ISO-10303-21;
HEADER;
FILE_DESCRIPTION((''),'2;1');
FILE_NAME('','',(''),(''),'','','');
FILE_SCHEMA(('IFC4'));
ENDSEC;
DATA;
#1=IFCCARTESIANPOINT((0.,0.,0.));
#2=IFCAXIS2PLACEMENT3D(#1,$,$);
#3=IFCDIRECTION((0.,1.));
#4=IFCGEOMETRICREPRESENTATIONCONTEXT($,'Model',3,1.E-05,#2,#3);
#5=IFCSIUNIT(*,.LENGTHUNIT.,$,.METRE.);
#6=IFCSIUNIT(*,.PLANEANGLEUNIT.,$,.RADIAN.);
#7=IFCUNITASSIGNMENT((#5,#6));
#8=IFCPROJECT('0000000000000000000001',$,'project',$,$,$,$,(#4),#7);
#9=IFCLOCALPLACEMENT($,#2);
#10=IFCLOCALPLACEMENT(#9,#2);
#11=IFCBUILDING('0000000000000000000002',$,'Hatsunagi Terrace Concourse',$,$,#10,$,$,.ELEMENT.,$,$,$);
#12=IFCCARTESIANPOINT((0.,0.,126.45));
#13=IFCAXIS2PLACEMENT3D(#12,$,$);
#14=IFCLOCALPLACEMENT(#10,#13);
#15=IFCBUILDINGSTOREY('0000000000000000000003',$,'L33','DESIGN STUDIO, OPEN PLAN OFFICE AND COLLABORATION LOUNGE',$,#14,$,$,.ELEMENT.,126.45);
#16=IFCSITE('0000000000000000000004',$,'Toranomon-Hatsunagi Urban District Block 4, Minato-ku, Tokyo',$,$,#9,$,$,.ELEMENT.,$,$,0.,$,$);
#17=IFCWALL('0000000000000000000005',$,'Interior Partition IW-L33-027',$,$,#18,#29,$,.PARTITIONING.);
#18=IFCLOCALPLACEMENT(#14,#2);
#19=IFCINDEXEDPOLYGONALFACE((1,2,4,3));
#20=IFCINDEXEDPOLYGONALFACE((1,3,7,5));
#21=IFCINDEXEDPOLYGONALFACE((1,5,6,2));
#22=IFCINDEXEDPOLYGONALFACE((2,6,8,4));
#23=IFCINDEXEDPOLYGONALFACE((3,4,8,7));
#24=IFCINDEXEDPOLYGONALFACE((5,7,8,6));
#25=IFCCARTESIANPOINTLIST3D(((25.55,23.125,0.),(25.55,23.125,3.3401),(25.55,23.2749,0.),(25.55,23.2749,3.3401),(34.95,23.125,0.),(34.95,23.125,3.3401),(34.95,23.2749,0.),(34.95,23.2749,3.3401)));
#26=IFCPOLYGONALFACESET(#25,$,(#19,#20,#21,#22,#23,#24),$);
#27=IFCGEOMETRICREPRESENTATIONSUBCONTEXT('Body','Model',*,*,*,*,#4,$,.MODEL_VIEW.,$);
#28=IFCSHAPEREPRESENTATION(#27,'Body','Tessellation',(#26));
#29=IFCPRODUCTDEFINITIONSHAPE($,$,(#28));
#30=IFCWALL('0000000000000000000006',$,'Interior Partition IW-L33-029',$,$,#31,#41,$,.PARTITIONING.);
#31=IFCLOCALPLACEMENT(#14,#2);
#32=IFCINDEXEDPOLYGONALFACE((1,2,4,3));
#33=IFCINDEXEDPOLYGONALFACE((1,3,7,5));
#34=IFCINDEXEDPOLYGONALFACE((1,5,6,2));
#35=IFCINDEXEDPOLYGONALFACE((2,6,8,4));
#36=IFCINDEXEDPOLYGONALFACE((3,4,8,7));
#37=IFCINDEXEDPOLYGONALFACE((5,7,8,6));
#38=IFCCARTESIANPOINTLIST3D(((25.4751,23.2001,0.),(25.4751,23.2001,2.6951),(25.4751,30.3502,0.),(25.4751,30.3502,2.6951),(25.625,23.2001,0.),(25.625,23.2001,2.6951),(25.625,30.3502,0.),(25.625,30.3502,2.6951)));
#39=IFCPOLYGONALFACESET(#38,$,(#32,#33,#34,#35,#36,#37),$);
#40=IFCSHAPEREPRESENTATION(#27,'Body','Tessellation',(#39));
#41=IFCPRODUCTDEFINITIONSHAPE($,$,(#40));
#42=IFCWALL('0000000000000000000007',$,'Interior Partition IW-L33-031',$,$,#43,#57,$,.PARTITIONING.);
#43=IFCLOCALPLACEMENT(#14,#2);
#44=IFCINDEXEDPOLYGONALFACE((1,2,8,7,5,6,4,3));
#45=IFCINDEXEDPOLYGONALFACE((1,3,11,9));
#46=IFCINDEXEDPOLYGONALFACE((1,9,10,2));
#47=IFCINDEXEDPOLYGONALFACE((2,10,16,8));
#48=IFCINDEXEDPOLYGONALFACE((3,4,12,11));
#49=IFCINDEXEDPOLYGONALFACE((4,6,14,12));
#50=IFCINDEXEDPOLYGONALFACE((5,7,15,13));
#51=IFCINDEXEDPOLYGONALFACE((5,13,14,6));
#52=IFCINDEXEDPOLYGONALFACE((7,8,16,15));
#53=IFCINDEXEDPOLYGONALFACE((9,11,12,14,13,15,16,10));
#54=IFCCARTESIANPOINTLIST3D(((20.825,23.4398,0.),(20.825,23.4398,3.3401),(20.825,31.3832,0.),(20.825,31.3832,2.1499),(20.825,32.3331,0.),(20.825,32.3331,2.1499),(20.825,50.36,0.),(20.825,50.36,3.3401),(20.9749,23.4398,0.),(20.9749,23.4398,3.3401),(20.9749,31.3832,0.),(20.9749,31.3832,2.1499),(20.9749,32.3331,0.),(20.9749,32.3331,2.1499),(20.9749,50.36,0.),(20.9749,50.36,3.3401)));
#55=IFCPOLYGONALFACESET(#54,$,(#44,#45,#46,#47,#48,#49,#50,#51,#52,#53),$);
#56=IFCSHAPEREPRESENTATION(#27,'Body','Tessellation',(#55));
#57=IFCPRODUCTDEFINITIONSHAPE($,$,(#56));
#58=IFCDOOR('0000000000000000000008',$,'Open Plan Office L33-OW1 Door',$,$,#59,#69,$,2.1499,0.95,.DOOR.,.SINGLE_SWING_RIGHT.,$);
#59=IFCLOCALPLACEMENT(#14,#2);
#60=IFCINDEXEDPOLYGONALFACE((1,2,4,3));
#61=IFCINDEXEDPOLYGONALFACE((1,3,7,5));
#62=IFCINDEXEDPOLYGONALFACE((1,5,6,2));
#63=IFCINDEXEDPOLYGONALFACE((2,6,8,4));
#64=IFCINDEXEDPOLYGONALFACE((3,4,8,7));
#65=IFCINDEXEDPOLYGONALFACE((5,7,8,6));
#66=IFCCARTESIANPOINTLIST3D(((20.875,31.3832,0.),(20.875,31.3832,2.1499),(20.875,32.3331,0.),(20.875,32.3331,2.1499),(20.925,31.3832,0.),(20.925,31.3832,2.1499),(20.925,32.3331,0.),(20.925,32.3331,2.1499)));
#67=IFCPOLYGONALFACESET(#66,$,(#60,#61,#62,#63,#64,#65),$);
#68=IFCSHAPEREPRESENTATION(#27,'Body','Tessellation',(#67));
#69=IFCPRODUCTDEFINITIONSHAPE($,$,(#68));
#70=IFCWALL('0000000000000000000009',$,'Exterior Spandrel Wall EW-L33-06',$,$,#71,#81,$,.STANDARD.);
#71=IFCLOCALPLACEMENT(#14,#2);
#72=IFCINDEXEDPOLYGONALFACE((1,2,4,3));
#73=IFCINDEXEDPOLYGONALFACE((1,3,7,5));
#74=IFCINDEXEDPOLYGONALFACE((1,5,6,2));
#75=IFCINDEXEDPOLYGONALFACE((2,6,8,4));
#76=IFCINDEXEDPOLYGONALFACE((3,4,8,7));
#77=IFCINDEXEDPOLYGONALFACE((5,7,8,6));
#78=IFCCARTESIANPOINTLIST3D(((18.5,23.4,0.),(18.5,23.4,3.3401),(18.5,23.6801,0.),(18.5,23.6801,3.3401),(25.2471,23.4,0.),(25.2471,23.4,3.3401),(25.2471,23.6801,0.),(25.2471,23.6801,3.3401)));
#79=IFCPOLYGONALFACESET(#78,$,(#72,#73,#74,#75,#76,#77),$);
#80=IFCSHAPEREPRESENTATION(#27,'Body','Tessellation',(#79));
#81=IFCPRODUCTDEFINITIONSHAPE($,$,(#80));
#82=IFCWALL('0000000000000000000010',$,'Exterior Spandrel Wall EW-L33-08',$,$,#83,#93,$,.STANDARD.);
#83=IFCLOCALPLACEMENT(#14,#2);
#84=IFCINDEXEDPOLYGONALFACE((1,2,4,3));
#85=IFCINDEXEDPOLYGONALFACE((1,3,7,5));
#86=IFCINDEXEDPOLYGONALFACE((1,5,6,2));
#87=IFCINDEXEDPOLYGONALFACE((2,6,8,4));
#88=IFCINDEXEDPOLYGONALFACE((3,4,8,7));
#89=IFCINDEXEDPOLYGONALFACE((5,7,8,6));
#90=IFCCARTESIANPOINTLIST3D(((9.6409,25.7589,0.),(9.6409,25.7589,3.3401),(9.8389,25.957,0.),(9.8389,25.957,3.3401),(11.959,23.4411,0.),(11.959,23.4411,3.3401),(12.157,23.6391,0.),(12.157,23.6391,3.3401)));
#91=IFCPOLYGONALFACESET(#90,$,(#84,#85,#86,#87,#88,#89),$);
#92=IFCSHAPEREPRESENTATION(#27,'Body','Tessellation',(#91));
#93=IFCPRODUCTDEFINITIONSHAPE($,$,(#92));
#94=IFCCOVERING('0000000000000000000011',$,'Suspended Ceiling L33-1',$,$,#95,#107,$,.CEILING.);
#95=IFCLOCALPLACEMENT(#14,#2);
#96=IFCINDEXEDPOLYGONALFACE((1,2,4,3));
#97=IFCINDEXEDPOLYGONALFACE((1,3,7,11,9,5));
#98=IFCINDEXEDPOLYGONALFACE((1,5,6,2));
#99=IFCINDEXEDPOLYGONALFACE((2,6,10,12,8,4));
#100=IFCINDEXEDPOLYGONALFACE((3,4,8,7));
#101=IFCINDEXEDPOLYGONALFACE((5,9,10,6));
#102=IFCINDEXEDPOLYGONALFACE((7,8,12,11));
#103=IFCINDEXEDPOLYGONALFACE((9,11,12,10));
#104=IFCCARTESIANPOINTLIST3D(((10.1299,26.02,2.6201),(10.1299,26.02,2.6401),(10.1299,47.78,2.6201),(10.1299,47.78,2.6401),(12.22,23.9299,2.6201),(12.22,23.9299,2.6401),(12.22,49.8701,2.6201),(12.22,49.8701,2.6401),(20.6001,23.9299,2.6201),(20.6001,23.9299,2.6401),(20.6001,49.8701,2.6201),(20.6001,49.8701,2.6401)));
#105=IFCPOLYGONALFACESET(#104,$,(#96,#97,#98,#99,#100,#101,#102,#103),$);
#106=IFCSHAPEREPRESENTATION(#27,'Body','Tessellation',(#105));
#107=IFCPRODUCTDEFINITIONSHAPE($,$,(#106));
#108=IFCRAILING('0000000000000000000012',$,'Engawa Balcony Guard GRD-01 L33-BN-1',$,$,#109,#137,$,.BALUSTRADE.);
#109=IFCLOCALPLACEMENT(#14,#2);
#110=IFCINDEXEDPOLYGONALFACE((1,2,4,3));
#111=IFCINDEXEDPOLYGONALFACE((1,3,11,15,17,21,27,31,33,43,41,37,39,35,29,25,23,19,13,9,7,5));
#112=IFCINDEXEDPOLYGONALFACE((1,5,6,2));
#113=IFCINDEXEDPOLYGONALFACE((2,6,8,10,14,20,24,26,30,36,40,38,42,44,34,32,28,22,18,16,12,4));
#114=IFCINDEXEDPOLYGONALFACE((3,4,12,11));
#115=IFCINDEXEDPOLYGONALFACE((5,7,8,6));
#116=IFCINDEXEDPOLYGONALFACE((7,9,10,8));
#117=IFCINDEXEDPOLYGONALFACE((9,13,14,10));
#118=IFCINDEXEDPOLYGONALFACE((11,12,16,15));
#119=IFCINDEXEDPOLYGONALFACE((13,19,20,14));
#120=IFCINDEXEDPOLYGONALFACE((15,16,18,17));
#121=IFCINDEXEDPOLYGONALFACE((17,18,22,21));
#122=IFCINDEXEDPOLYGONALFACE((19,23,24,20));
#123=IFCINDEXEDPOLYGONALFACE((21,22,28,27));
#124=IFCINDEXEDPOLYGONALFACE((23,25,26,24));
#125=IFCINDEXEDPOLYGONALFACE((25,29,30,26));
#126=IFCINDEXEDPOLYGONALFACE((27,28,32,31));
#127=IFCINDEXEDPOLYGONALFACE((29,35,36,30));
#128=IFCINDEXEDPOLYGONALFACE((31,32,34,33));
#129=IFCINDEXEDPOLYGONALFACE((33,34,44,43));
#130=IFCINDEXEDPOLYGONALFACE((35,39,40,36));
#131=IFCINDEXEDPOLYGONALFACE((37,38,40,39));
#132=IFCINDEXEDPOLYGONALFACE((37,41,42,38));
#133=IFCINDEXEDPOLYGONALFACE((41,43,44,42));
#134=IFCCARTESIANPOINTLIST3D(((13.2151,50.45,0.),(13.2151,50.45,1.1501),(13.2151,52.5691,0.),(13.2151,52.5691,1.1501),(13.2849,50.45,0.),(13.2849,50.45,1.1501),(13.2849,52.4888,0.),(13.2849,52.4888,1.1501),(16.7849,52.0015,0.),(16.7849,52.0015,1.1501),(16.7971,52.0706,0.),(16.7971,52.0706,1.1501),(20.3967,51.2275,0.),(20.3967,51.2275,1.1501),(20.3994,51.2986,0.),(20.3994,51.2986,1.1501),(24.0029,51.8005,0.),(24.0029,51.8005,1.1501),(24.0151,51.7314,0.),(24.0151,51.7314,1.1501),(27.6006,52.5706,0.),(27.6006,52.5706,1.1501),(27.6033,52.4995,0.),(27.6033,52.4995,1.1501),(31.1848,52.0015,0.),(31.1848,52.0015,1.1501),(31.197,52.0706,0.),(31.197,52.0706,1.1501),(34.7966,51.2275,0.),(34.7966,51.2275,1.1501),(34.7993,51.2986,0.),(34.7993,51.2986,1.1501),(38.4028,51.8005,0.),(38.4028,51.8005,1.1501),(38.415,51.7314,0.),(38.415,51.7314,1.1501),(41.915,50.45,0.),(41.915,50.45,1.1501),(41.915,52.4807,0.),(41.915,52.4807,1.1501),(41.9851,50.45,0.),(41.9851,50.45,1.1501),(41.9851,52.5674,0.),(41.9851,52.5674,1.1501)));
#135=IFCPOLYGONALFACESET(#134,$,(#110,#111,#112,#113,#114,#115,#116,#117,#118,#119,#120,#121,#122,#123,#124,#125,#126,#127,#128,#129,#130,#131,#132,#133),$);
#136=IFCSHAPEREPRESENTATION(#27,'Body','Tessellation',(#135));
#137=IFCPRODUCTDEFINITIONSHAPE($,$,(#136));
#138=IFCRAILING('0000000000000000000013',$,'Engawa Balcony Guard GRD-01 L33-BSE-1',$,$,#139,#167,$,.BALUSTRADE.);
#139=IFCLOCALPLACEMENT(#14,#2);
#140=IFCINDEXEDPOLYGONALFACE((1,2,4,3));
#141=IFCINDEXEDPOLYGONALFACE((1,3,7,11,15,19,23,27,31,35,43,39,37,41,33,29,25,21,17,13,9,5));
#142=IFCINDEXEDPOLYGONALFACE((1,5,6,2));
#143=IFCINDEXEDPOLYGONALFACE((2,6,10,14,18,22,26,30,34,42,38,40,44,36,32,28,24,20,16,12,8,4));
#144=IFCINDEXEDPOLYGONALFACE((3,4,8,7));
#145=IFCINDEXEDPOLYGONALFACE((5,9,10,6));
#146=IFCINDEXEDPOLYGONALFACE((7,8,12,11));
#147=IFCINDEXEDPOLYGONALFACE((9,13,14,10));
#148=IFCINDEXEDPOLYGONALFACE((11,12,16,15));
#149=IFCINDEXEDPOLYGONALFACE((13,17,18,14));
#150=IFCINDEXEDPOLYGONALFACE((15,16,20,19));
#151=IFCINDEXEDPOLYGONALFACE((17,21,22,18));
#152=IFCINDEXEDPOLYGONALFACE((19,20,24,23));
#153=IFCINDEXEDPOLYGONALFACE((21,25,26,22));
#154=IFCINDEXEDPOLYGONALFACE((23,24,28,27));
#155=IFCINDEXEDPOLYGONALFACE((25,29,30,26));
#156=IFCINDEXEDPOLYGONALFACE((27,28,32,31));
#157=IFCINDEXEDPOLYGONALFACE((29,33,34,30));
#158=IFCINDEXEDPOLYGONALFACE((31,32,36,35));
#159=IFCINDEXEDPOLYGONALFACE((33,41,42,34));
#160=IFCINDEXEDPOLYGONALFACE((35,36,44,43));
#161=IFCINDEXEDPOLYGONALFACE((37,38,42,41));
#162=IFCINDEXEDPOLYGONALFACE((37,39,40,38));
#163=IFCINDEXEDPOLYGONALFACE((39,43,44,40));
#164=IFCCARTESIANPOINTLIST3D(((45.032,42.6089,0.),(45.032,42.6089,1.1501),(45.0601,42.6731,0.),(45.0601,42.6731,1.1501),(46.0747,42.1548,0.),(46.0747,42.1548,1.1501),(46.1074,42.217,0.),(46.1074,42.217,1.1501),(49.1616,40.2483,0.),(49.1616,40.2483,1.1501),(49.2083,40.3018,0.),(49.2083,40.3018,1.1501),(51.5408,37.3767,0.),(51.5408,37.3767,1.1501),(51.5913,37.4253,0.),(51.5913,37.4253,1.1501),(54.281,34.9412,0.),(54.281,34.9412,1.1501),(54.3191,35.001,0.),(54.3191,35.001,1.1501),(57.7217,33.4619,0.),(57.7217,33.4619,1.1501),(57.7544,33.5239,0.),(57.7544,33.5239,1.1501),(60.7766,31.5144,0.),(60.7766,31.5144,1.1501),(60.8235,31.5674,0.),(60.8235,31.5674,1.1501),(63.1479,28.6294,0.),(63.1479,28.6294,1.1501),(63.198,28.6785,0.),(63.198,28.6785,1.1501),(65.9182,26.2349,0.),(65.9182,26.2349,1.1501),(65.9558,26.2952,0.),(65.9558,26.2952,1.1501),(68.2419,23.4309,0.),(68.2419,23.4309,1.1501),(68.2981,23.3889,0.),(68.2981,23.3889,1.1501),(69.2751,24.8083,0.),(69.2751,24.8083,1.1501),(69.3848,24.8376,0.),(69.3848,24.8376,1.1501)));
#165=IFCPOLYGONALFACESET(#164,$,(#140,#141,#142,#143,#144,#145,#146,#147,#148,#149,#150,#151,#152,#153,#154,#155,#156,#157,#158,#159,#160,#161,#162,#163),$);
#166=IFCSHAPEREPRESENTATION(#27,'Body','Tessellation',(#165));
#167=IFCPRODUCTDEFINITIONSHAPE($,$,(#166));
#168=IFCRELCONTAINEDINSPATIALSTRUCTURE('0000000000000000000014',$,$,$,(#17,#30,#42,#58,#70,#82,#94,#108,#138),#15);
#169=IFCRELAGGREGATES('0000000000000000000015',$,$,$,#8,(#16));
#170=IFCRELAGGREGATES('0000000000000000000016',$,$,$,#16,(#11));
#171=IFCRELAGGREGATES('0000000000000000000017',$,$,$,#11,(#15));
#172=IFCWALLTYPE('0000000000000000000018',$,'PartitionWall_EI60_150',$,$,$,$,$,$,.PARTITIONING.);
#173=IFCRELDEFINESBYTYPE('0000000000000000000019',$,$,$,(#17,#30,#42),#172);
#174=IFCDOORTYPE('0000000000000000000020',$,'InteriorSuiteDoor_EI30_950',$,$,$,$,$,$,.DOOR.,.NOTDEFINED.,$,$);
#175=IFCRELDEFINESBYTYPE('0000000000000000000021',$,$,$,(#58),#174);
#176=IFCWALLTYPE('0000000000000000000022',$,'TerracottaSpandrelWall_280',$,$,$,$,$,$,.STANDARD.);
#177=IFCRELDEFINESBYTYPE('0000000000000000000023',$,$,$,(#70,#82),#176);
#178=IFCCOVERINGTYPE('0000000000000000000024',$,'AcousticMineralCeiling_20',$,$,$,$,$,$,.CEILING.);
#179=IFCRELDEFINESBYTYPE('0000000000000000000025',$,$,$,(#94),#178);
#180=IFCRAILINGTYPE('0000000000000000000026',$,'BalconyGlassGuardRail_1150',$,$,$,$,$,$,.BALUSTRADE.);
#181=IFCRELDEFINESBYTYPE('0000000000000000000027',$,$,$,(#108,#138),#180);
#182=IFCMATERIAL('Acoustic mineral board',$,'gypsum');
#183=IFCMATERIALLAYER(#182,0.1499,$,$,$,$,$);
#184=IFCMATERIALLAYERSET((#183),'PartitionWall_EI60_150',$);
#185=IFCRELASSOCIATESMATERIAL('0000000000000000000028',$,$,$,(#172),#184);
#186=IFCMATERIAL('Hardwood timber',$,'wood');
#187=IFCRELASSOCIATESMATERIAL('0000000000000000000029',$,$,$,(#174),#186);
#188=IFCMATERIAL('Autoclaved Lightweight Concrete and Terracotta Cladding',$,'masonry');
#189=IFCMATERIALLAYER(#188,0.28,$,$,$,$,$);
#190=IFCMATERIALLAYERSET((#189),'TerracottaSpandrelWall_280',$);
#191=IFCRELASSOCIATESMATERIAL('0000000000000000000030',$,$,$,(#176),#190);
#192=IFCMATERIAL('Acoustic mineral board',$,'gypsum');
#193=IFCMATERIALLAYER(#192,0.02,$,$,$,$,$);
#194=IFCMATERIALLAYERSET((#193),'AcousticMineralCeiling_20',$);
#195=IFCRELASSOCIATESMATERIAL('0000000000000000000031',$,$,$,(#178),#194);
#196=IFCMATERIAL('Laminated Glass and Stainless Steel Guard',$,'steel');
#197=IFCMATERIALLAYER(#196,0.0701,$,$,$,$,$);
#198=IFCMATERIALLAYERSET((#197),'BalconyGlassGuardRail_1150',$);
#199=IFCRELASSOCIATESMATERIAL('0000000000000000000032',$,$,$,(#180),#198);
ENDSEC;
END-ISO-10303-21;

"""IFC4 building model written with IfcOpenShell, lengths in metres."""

from ifc_helpers import new_model, si_unit, direction, frame, frame_2d, origin, place, context, subcontext, project, spatial, polyline, rectangle, outline, extrude, material, layer, layer_set, type_object, element, fill, save


model = new_model("IFC4")

# Units and contexts
model_context = context("Model", 3, precision=1e-05, world=origin(), true_north=direction((0.0, 1.0)))
body_context = subcontext(model_context, "Body", "Model", "MODEL_VIEW")
ifc_project = project(units=[si_unit("LENGTHUNIT", "METRE"), si_unit("PLANEANGLEUNIT", "RADIAN")], contexts=[model_context])

# Site, building, storey
site_placement = place(None, origin())
site = spatial("IfcSite", under=ifc_project, at=site_placement, Name="Toranomon-Hatsunagi Urban District Block 4, Minato-ku, Tokyo", CompositionType="ELEMENT", RefElevation=0.0)
building_placement = place(site_placement, origin())
building = spatial("IfcBuilding", under=site, at=building_placement, Name="Hatsunagi Terrace Concourse", CompositionType="ELEMENT")
storey_placement = place(building_placement, frame((0.0, 0.0, 126.45)))
storey = spatial("IfcBuildingStorey", under=building, at=storey_placement, Name="L33", Description="DESIGN STUDIO, OPEN PLAN OFFICE AND COLLABORATION LOUNGE", CompositionType="ELEMENT", Elevation=126.45)

# Walls
ifc_material_1 = material(Name="Acoustic mineral board", Category="gypsum")
ifc_layer_1 = layer(ifc_material_1, 0.1499)
ifc_layer_set_1 = layer_set([ifc_layer_1], Name="PartitionWall_EI60_150")
wall_type_1 = type_object("IfcWallType", Name="PartitionWall_EI60_150", PredefinedType="PARTITIONING", material=ifc_layer_set_1)
wall_1_placement = place(storey_placement, frame((25.55, 23.2, 0.0), z_axis=(0.0, 0.0, 1.0), x_axis=(1.0, 0.0, 0.0)))
element("IfcWall", 1, at=wall_1_placement, inside=storey, type_object=wall_type_1, Name="Interior Partition IW-L33-027", PredefinedType="PARTITIONING", context=body_context, shape_type="SweptSolid", body=[
    extrude(rectangle(XDim=9.3999, YDim=0.1499, at=frame_2d((4.7, 0.0))), origin(), (0.0, 0.0, 1.0), 3.3401),
])
wall_2_placement = place(storey_placement, frame((25.55, 23.2, 0.0), z_axis=(0.0, 0.0, 1.0), x_axis=(0.0, 1.0, 0.0)))
element("IfcWall", 2, at=wall_2_placement, inside=storey, type_object=wall_type_1, Name="Interior Partition IW-L33-029", PredefinedType="PARTITIONING", context=body_context, shape_type="SweptSolid", body=[
    extrude(rectangle(XDim=7.1501, YDim=0.1499, at=frame_2d((3.5752, 0.0))), origin(), (0.0, 0.0, 1.0), 2.6951),
])

# Wall, opening, door
wall_3_placement = place(storey_placement, frame((20.8999, 23.4399, 0.0), z_axis=(0.0, 0.0, 1.0), x_axis=(0.0, 1.0, 0.0)))
wall_3 = element("IfcWall", 3, at=wall_3_placement, inside=storey, type_object=wall_type_1, Name="Interior Partition IW-L33-031", PredefinedType="PARTITIONING", context=body_context, shape_type="SweptSolid", body=[
    extrude(rectangle(XDim=26.9202, YDim=0.1499, at=frame_2d((13.46, 0.0))), origin(), (0.0, 0.0, 1.0), 3.3401),
])
opening_placement = place(wall_3_placement, frame((7.9431, 0.0, 0.0)))
opening = element("IfcOpeningElement", 4, at=opening_placement, cuts=wall_3, PredefinedType="OPENING", context=body_context, shape_type="SweptSolid", body=[
    extrude(rectangle(XDim=0.95, YDim=2.1499, at=frame_2d((0.4751, 1.075))), frame((0.0, 0.085, 0.0), z_axis=(0.0, -1.0, 0.0), x_axis=(1.0, 0.0, 0.0)), (0.0, 0.0, 1.0), 0.1699),
])
ifc_material_2 = material(Name="Hardwood timber", Category="wood")
door_type = type_object("IfcDoorType", Name="InteriorSuiteDoor_EI30_950", OperationType="NOTDEFINED", PredefinedType="DOOR", material=ifc_material_2)
door_placement = place(opening_placement, origin())
door = element("IfcDoor", 5, at=door_placement, inside=storey, type_object=door_type, Name="Open Plan Office L33-OW1 Door", OperationType="SINGLE_SWING_RIGHT", OverallHeight=2.1499, OverallWidth=0.95, PredefinedType="DOOR", context=body_context, shape_type="SweptSolid", body=[
    extrude(rectangle(XDim=0.95, YDim=2.1499, at=frame_2d((0.4751, 1.075))), frame((0.0, 0.0249, 0.0), z_axis=(0.0, -1.0, 0.0), x_axis=(1.0, 0.0, 0.0)), (0.0, 0.0, 1.0), 0.05),
])
fill(opening, door)

# Walls
ifc_material_3 = material(Name="Autoclaved Lightweight Concrete and Terracotta Cladding", Category="masonry")
ifc_layer_2 = layer(ifc_material_3, 0.28)
ifc_layer_set_2 = layer_set([ifc_layer_2], Name="TerracottaSpandrelWall_280")
wall_type_2 = type_object("IfcWallType", Name="TerracottaSpandrelWall_280", PredefinedType="STANDARD", material=ifc_layer_set_2)
wall_4_placement = place(storey_placement, frame((25.2471, 23.54, 0.0), z_axis=(0.0, 0.0, 1.0), x_axis=(-1.0, 0.0, 0.0)))
element("IfcWall", 6, at=wall_4_placement, inside=storey, type_object=wall_type_2, Name="Exterior Spandrel Wall EW-L33-06", PredefinedType="STANDARD", context=body_context, shape_type="SweptSolid", body=[
    extrude(rectangle(XDim=6.7471, YDim=0.28, at=frame_2d((3.3735, 0.0))), origin(), (0.0, 0.0, 1.0), 3.3401),
])
wall_5_placement = place(storey_placement, frame((12.0581, 23.54, 0.0), z_axis=(0.0, 0.0, 1.0), x_axis=(-0.707144, 0.70707, 0.0)))
element("IfcWall", 7, at=wall_5_placement, inside=storey, type_object=wall_type_2, Name="Exterior Spandrel Wall EW-L33-08", PredefinedType="STANDARD", context=body_context, shape_type="SweptSolid", body=[
    extrude(rectangle(XDim=3.2781, YDim=0.28, at=frame_2d((1.6392, 0.0))), origin(), (0.0, 0.0, 1.0), 3.3401),
])

# Covering
ifc_material_4 = material(Name="Acoustic mineral board", Category="gypsum")
ifc_layer_3 = layer(ifc_material_4, 0.02)
ifc_layer_set_3 = layer_set([ifc_layer_3], Name="AcousticMineralCeiling_20")
covering_type_1 = type_object("IfcCoveringType", Name="AcousticMineralCeiling_20", PredefinedType="CEILING", material=ifc_layer_set_3)
covering_1_placement = place(storey_placement, frame((0.0, 0.0, 2.6201)))
element("IfcCovering", 8, at=covering_1_placement, inside=storey, type_object=covering_type_1, Name="Suspended Ceiling L33-1", PredefinedType="CEILING", context=body_context, shape_type="SweptSolid", body=[
    extrude(outline(polyline([(10.1299, 26.02), (12.22, 23.9299), (20.6001, 23.9299), (20.6001, 49.8701), (12.22, 49.8701), (10.1299, 47.78), (10.1299, 26.02)])), origin(), (0.0, 0.0, 1.0), 0.02),
])

# Railings
ifc_material_5 = material(Name="Laminated Glass and Stainless Steel Guard", Category="steel")
ifc_layer_4 = layer(ifc_material_5, 0.0701)
ifc_layer_set_4 = layer_set([ifc_layer_4], Name="BalconyGlassGuardRail_1150")
railing_type = type_object("IfcRailingType", Name="BalconyGlassGuardRail_1150", PredefinedType="BALUSTRADE", material=ifc_layer_set_4)
railing_1_placement = place(storey_placement, origin())
element("IfcRailing", 9, at=railing_1_placement, inside=storey, type_object=railing_type, Name="Engawa Balcony Guard GRD-01 L33-BN-1", PredefinedType="BALUSTRADE", context=body_context, shape_type="SweptSolid", body=[
    extrude(outline(polyline([(13.2151, 50.45), (13.2849, 50.45), (13.2849, 52.4888), (16.7849, 52.0015), (20.3967, 51.2275), (24.0151, 51.7314), (27.6033, 52.4995), (31.1848, 52.0015), (34.7966, 51.2275), (38.415, 51.7314), (41.915, 52.4807), (41.915, 50.45), (41.9851, 50.45), (41.9851, 52.5674), (38.4028, 51.8005), (34.7993, 51.2986), (31.197, 52.0706), (27.6006, 52.5706), (24.0029, 51.8005), (20.3994, 51.2986), (16.7971, 52.0706), (13.2151, 52.5691), (13.2151, 50.45)])), origin(), (0.0, 0.0, 1.0), 1.1501),
])
railing_2_placement = place(storey_placement, origin())
element("IfcRailing", 10, at=railing_2_placement, inside=storey, type_object=railing_type, Name="Engawa Balcony Guard GRD-01 L33-BSE-1", PredefinedType="BALUSTRADE", context=body_context, shape_type="SweptSolid", body=[
    extrude(outline(polyline([(45.0601, 42.6731), (45.032, 42.6089), (46.0747, 42.1548), (49.1616, 40.2483), (51.5408, 37.3767), (54.281, 34.9412), (57.7217, 33.4619), (60.7766, 31.5144), (63.1479, 28.6294), (65.9182, 26.2349), (69.2751, 24.8083), (68.2419, 23.4309), (68.2981, 23.3889), (69.3848, 24.8376), (65.9558, 26.2952), (63.198, 28.6785), (60.8235, 31.5674), (57.7544, 33.5239), (54.3191, 35.001), (51.5913, 37.4253), (49.2083, 40.3018), (46.1074, 42.217), (45.0601, 42.6731)])), origin(), (0.0, 0.0, 1.0), 1.1501),
])

save(model, "model.ifc")
